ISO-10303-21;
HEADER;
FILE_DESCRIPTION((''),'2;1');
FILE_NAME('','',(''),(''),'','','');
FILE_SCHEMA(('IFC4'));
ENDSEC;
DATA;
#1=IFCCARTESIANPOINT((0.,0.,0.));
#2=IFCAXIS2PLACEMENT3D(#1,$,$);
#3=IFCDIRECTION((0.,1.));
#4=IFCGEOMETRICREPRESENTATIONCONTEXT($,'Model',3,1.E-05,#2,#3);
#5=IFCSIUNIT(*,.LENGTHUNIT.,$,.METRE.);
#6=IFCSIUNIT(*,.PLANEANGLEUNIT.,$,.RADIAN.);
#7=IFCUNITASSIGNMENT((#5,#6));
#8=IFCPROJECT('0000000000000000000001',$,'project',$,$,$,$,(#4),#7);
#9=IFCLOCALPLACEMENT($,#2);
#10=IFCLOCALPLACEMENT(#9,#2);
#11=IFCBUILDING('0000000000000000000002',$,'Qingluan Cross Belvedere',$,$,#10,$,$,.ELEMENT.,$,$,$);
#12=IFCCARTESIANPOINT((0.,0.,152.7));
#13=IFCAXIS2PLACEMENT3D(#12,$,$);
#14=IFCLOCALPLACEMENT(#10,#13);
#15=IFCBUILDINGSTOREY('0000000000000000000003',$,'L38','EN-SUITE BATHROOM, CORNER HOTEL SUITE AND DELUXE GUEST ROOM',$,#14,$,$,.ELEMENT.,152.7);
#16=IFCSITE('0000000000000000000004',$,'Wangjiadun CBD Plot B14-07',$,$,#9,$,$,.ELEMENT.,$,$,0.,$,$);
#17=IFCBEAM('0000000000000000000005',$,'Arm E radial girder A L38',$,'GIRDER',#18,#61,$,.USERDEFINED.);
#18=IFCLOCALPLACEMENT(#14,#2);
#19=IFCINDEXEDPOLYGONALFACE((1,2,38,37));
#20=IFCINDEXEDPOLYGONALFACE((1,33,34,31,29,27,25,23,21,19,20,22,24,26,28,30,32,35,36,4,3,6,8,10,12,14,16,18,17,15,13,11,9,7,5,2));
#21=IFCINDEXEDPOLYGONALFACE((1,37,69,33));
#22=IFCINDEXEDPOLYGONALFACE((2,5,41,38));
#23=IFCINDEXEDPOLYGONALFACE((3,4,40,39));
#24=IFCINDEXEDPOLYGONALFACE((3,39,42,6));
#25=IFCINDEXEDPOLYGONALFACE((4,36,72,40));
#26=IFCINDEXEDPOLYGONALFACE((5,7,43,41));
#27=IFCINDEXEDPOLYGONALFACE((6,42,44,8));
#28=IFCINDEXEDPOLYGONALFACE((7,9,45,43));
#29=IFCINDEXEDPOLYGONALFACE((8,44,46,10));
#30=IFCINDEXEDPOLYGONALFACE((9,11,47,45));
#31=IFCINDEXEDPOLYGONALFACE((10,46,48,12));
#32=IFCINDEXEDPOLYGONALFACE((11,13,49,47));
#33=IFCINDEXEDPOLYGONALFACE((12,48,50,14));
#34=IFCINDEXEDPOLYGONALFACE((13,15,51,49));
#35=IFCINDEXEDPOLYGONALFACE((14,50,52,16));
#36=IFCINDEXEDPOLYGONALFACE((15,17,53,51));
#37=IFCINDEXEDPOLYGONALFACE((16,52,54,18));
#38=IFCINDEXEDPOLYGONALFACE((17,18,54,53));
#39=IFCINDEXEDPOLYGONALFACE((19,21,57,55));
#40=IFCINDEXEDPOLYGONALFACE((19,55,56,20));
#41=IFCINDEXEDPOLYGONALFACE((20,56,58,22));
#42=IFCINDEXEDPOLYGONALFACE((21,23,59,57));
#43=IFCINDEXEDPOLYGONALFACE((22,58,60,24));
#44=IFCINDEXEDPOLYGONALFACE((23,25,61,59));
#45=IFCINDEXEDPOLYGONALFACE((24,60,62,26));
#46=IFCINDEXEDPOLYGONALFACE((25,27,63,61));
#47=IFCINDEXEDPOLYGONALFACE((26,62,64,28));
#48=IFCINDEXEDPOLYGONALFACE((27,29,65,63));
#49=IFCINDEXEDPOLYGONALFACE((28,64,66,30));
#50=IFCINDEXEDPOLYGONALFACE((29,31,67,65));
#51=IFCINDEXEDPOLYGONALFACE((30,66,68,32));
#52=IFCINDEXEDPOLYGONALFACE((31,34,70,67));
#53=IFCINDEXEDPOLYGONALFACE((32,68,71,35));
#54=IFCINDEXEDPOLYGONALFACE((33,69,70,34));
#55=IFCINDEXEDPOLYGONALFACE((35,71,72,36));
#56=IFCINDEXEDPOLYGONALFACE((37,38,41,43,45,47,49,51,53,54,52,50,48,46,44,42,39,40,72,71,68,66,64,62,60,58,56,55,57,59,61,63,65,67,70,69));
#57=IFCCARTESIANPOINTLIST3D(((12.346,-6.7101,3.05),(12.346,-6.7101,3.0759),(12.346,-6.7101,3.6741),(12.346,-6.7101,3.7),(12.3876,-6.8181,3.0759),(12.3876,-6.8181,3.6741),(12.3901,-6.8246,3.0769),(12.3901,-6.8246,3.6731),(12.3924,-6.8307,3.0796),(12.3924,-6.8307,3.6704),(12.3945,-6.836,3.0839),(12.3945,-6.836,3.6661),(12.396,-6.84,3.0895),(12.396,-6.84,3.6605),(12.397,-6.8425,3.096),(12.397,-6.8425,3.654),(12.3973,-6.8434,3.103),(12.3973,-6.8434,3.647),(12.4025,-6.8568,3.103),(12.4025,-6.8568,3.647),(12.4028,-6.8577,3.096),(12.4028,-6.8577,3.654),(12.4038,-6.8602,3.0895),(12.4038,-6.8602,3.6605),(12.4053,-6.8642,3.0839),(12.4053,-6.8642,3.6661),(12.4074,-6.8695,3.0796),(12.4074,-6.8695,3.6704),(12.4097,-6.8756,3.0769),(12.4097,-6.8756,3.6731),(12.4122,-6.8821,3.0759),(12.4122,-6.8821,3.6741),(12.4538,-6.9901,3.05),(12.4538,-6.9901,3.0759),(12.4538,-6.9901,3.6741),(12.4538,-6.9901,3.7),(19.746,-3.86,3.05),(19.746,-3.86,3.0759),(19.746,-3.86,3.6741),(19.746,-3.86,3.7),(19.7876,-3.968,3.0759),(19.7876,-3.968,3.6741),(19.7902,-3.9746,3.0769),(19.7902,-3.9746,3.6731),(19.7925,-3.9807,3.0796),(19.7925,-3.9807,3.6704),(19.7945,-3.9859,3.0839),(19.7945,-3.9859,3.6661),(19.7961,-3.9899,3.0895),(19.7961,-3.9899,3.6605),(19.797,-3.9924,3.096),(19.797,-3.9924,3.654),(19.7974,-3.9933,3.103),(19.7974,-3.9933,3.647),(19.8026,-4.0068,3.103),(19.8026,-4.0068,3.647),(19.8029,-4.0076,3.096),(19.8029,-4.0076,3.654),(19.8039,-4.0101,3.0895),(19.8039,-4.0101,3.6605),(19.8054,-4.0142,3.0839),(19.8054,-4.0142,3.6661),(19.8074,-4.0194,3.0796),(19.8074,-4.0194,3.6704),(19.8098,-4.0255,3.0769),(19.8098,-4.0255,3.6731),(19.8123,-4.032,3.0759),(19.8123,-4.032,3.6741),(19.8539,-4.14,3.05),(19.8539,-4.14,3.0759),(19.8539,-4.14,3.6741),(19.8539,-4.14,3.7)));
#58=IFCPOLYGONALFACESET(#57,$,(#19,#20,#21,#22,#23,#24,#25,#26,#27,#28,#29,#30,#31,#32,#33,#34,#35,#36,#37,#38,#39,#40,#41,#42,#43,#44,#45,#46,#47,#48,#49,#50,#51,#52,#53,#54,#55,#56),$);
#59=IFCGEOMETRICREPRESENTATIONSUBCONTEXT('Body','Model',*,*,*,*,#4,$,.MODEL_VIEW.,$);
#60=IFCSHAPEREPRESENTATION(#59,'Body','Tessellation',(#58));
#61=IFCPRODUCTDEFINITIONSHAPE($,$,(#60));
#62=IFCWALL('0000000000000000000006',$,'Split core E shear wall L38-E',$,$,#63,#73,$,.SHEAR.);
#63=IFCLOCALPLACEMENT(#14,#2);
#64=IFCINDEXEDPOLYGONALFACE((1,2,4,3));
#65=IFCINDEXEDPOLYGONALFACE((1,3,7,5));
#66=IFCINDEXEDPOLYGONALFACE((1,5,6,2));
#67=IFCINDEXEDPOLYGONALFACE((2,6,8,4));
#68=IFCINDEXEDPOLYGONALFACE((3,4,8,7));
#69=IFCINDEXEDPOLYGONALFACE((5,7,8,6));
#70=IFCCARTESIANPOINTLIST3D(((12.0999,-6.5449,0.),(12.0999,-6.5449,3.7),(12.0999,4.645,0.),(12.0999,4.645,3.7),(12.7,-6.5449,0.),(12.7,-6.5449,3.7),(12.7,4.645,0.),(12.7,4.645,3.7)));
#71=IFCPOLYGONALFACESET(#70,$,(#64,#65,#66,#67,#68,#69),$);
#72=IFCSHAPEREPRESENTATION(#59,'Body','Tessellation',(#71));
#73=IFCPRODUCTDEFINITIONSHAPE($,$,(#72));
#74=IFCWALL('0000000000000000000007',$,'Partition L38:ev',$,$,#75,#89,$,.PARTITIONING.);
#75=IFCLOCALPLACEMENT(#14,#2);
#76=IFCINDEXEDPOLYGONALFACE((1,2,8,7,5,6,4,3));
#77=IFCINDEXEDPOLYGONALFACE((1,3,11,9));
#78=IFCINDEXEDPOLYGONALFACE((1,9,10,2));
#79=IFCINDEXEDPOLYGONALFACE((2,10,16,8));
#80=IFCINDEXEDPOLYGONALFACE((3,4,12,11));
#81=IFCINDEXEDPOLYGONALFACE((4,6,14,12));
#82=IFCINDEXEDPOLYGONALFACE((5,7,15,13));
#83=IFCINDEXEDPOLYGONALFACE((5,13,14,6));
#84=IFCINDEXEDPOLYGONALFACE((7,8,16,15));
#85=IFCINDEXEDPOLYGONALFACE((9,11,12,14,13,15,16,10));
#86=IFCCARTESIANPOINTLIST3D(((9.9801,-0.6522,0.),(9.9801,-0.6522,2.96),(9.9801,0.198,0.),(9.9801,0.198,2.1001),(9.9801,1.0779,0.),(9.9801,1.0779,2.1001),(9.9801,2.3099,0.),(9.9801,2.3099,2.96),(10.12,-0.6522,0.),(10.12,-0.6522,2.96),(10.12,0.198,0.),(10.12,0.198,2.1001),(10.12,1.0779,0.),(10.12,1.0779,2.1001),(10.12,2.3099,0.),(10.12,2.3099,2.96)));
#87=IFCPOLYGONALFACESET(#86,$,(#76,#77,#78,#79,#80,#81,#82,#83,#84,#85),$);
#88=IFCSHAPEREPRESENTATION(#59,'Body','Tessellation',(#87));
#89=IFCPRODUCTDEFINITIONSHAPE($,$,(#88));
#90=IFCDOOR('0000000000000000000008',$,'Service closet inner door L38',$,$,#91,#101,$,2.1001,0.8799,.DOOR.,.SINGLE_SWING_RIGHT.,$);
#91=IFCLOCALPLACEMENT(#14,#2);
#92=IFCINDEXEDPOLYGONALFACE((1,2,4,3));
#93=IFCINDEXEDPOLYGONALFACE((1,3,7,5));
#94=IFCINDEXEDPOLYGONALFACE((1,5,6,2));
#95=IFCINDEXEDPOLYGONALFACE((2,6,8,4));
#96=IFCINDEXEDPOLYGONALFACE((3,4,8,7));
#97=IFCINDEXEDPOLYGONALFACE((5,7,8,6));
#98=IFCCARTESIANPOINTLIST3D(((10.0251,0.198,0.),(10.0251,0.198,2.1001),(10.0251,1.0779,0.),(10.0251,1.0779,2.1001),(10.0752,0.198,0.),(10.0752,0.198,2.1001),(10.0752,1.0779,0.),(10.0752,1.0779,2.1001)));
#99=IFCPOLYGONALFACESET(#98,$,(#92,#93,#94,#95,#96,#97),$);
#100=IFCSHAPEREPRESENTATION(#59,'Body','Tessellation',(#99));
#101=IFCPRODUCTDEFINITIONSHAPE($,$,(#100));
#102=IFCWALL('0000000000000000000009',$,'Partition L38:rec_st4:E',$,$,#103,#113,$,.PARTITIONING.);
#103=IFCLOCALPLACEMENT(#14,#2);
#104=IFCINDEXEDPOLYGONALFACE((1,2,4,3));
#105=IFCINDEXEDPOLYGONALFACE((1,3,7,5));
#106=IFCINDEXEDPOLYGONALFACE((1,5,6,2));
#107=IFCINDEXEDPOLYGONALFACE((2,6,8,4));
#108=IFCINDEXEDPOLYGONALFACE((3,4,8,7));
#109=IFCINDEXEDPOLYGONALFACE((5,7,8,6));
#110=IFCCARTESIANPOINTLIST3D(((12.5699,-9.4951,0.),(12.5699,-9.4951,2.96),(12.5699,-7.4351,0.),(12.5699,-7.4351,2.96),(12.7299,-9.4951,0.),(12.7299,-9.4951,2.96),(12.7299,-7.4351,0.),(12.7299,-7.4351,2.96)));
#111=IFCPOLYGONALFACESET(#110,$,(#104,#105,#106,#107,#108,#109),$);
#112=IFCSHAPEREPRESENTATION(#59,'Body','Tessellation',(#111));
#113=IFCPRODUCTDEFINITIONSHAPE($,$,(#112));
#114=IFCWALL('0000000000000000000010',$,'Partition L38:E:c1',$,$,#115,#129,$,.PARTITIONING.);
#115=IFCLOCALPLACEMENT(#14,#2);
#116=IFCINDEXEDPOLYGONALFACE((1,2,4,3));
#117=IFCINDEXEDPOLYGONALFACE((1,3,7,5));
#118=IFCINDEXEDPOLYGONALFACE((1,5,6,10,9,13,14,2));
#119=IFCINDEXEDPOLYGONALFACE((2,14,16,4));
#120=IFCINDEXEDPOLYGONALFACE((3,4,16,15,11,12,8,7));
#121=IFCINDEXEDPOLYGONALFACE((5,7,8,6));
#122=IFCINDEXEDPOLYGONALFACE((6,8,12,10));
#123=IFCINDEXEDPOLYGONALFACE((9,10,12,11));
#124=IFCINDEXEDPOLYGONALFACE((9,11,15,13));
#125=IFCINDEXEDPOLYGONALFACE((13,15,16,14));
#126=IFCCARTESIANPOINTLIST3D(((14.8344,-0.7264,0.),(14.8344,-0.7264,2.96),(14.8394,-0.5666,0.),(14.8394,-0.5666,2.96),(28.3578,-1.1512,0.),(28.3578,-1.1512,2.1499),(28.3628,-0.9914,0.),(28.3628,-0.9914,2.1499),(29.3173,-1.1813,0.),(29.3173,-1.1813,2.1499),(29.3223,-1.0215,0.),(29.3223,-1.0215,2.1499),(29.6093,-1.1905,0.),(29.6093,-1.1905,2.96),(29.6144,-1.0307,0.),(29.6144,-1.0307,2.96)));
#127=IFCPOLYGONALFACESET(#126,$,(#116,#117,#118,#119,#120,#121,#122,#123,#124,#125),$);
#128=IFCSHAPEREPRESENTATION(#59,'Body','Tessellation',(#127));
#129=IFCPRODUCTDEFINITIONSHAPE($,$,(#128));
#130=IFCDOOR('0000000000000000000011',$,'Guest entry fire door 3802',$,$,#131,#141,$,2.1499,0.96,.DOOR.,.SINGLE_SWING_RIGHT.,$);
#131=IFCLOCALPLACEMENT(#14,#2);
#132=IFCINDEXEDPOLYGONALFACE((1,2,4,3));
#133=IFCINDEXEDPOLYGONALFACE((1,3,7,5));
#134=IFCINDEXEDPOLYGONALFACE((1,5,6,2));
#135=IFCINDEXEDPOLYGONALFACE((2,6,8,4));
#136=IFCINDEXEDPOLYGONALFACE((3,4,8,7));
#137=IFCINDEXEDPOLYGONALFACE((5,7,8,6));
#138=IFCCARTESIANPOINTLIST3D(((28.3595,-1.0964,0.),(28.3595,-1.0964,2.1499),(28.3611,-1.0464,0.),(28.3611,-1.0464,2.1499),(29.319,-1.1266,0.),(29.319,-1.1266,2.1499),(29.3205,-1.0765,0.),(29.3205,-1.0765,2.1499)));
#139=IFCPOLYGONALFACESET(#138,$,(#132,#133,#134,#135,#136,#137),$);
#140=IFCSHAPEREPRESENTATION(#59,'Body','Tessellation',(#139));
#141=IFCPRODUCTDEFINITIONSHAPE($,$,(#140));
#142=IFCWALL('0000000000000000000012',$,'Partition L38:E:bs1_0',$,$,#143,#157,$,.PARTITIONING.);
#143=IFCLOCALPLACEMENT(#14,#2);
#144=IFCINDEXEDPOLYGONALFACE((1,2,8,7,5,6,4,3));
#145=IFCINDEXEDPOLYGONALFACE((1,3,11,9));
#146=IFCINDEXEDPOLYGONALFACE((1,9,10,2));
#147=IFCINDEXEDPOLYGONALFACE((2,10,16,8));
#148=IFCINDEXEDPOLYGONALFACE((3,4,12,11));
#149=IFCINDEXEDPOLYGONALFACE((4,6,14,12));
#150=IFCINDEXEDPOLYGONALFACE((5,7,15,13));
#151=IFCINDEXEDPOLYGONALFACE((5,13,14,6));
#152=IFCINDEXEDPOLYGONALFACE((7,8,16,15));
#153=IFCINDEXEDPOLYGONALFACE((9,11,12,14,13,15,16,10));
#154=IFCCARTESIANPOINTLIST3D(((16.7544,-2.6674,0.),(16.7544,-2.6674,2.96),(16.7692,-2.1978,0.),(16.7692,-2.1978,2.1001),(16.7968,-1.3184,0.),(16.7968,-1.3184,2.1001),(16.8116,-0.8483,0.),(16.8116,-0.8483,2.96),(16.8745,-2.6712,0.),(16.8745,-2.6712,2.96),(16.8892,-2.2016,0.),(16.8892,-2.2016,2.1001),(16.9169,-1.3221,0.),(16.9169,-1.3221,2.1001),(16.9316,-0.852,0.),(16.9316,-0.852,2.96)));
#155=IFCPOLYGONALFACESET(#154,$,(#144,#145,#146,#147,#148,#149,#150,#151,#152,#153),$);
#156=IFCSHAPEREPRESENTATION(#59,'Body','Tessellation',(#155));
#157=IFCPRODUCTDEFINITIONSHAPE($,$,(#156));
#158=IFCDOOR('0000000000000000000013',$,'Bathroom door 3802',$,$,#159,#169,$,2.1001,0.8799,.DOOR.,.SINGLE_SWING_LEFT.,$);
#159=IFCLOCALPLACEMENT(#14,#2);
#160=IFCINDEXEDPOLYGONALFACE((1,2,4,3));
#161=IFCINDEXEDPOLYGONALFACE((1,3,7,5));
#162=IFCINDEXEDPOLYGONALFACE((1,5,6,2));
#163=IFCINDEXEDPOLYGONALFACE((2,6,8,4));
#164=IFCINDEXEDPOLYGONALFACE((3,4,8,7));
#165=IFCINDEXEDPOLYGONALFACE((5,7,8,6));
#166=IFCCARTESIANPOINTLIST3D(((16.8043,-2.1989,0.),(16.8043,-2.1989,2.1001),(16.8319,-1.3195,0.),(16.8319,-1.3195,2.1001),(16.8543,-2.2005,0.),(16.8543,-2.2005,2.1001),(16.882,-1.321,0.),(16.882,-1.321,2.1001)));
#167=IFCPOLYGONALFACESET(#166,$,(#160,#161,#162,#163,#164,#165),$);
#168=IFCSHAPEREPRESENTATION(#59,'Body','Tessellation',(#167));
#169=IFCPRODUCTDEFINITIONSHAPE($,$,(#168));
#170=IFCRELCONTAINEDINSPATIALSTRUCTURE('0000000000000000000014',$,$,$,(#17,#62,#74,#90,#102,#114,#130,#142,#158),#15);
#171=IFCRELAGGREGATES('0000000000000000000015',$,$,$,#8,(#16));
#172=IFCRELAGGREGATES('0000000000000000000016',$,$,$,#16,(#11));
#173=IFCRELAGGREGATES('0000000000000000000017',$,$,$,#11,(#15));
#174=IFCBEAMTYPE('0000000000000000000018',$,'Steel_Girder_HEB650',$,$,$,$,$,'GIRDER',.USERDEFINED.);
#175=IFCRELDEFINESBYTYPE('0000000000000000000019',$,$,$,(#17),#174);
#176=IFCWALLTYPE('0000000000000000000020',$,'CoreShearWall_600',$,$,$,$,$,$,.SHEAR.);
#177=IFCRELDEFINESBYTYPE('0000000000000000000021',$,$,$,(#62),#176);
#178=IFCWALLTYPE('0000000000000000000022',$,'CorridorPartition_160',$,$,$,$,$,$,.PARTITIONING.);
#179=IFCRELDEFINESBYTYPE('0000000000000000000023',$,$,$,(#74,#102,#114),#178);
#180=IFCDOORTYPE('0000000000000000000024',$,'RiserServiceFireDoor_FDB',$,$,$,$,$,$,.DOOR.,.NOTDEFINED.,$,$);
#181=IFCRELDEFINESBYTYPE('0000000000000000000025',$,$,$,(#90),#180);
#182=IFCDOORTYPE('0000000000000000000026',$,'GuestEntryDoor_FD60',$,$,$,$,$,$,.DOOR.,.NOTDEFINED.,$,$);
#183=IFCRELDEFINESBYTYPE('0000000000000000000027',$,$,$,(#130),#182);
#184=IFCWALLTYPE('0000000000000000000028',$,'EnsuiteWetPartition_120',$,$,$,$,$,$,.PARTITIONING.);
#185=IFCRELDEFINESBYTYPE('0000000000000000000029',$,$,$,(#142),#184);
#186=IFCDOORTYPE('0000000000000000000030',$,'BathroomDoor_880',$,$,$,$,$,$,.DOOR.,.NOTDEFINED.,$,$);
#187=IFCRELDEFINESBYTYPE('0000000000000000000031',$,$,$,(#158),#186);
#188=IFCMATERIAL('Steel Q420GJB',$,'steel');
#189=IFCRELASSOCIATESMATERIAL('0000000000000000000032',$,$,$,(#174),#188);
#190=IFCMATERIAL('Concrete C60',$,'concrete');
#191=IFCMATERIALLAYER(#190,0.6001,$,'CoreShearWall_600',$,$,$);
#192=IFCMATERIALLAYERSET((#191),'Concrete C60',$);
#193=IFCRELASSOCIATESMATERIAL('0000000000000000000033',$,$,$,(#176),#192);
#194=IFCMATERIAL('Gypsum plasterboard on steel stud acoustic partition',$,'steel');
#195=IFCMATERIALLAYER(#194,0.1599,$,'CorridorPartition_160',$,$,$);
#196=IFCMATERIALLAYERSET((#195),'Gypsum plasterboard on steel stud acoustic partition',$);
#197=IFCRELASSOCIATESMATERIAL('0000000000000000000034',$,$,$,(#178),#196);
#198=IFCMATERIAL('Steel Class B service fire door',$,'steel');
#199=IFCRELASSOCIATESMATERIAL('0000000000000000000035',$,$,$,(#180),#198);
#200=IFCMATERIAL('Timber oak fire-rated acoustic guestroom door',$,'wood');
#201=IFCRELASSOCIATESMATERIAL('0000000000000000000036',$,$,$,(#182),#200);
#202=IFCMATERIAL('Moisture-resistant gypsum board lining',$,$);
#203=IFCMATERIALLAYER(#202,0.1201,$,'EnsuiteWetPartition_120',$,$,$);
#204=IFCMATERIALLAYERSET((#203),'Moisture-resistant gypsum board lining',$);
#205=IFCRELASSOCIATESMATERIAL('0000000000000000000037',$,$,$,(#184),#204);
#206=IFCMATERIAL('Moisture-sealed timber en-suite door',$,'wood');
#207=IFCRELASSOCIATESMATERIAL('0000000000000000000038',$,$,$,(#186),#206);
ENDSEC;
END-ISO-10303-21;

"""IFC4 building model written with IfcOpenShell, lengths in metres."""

from ifc_helpers import new_model, si_unit, direction, frame, frame_2d, origin, origin_2d, place, context, subcontext, project, spatial, rectangle, i_section, extrude, material, layer, layer_set, material_profile, profile_set, type_object, element, fill, save


model = new_model("IFC4")

# Units and contexts
model_context = context("Model", 3, precision=1e-05, world=origin(), true_north=direction((0.0, 1.0)))
body_context = subcontext(model_context, "Body", "Model", "MODEL_VIEW")
ifc_project = project(units=[si_unit("LENGTHUNIT", "METRE"), si_unit("PLANEANGLEUNIT", "RADIAN")], contexts=[model_context])

# Site, building, storey
site_placement = place(None, origin())
site = spatial("IfcSite", under=ifc_project, at=site_placement, Name="Wangjiadun CBD Plot B14-07", CompositionType="ELEMENT", RefElevation=0.0)
building_placement = place(site_placement, origin())
building = spatial("IfcBuilding", under=site, at=building_placement, Name="Qingluan Cross Belvedere", CompositionType="ELEMENT")
storey_placement = place(building_placement, frame((0.0, 0.0, 152.7)))
storey = spatial("IfcBuildingStorey", under=building, at=storey_placement, Name="L38", Description="EN-SUITE BATHROOM, CORNER HOTEL SUITE AND DELUXE GUEST ROOM", CompositionType="ELEMENT", Elevation=152.7)

# Beam
ifc_material_1 = material(Name="Steel Q420GJB", Category="steel")
ifc_material_profile_1 = material_profile(ifc_material_1, i_section(OverallWidth=0.3, OverallDepth=0.6499, WebThickness=0.0144, FlangeThickness=0.0259, FilletRadius=0.0271, at=origin_2d()), Name="HEB650")
ifc_profile_set_1 = profile_set([ifc_material_profile_1], Name="Steel Q420GJB")
beam_type_1 = type_object("IfcBeamType", Name="Steel_Girder_HEB650", ElementType="GIRDER", PredefinedType="USERDEFINED", material=ifc_profile_set_1)
beam_1_placement = place(storey_placement, frame((12.3999, -6.8501, 3.375), z_axis=(0.933181, 0.359406, 0.0), x_axis=(-0.359406, 0.933181, 0.0)))
element("IfcBeam", 1, at=beam_1_placement, inside=storey, type_object=beam_type_1, Name="Arm E radial girder A L38", ObjectType="GIRDER", PredefinedType="USERDEFINED", context=body_context, shape_type="SweptSolid", body=[
    extrude(i_section(OverallWidth=0.3, OverallDepth=0.6499, WebThickness=0.0144, FlangeThickness=0.0259, FilletRadius=0.0271, at=origin_2d()), origin(), (0.0, 0.0, 1.0), 7.9299),
])

# Wall
ifc_material_2 = material(Name="Concrete C60", Category="concrete")
ifc_layer_1 = layer(ifc_material_2, 0.6001, Name="CoreShearWall_600")
ifc_layer_set_1 = layer_set([ifc_layer_1], Name="Concrete C60")
wall_type_1 = type_object("IfcWallType", Name="CoreShearWall_600", PredefinedType="SHEAR", material=ifc_layer_set_1)
wall_1_placement = place(storey_placement, frame((12.3999, -6.5449, 0.0), z_axis=(0.0, 0.0, 1.0), x_axis=(0.0, 1.0, 0.0)))
element("IfcWall", 2, at=wall_1_placement, inside=storey, type_object=wall_type_1, Name="Split core E shear wall L38-E", PredefinedType="SHEAR", context=body_context, shape_type="SweptSolid", body=[
    extrude(rectangle(XDim=11.1899, YDim=0.6001, at=frame_2d((5.595, 0.0))), origin(), (0.0, 0.0, 1.0), 3.7),
])

# Wall, opening, door
ifc_material_3 = material(Name="Gypsum plasterboard on steel stud acoustic partition", Category="steel")
ifc_layer_2 = layer(ifc_material_3, 0.1599, Name="CorridorPartition_160")
ifc_layer_set_2 = layer_set([ifc_layer_2], Name="Gypsum plasterboard on steel stud acoustic partition")
wall_type_2 = type_object("IfcWallType", Name="CorridorPartition_160", PredefinedType="PARTITIONING", material=ifc_layer_set_2)
wall_2_placement = place(storey_placement, frame((10.05, -0.6521, 0.0), z_axis=(0.0, 0.0, 1.0), x_axis=(0.0, 1.0, 0.0)))
wall_2 = element("IfcWall", 3, at=wall_2_placement, inside=storey, type_object=wall_type_2, Name="Partition L38:ev", PredefinedType="PARTITIONING", context=body_context, shape_type="SweptSolid", body=[
    extrude(rectangle(XDim=2.9622, YDim=0.1399, at=frame_2d((1.481, 0.0))), origin(), (0.0, 0.0, 1.0), 2.96),
])
opening_1_placement = place(wall_2_placement, frame((0.8501, 0.0, 0.0)))
opening_1 = element("IfcOpeningElement", 4, at=opening_1_placement, cuts=wall_2, PredefinedType="OPENING", context=body_context, shape_type="SweptSolid", body=[
    extrude(rectangle(XDim=0.8799, YDim=2.1001, at=frame_2d((0.4399, 1.05))), frame((0.0, 0.0798, 0.0), z_axis=(0.0, -1.0, 0.0), x_axis=(1.0, 0.0, 0.0)), (0.0, 0.0, 1.0), 0.1599),
])
ifc_material_4 = material(Name="Steel Class B service fire door", Category="steel")
door_type_1 = type_object("IfcDoorType", Name="RiserServiceFireDoor_FDB", OperationType="NOTDEFINED", PredefinedType="DOOR", material=ifc_material_4)
door_1_placement = place(opening_1_placement, origin())
door_1 = element("IfcDoor", 5, at=door_1_placement, inside=storey, type_object=door_type_1, Name="Service closet inner door L38", OperationType="SINGLE_SWING_RIGHT", OverallHeight=2.1001, OverallWidth=0.8799, PredefinedType="DOOR", context=body_context, shape_type="SweptSolid", body=[
    extrude(rectangle(XDim=0.8799, YDim=2.1001, at=frame_2d((0.4399, 1.05))), frame((0.0, 0.0249, 0.0), z_axis=(0.0, -1.0, 0.0), x_axis=(1.0, 0.0, 0.0)), (0.0, 0.0, 1.0), 0.05),
])
fill(opening_1, door_1)

# Wall
wall_3_placement = place(storey_placement, frame((12.6499, -9.4951, 0.0), z_axis=(0.0, 0.0, 1.0), x_axis=(0.0, 1.0, 0.0)))
element("IfcWall", 6, at=wall_3_placement, inside=storey, type_object=wall_type_2, Name="Partition L38:rec_st4:E", PredefinedType="PARTITIONING", context=body_context, shape_type="SweptSolid", body=[
    extrude(rectangle(XDim=2.0601, YDim=0.1599, at=frame_2d((1.03, 0.0))), origin(), (0.0, 0.0, 1.0), 2.96),
])

# Walls, openings, doors
wall_4_placement = place(storey_placement, frame((14.8369, -0.6465, 0.0), z_axis=(0.0, 0.0, 1.0), x_axis=(0.999507, -0.031397, 0.0)))
wall_4 = element("IfcWall", 7, at=wall_4_placement, inside=storey, type_object=wall_type_2, Name="Partition L38:E:c1", PredefinedType="PARTITIONING", context=body_context, shape_type="SweptSolid", body=[
    extrude(rectangle(XDim=14.7822, YDim=0.1599, at=frame_2d((7.3911, 0.0))), origin(), (0.0, 0.0, 1.0), 2.96),
])
opening_2_placement = place(wall_4_placement, frame((13.53, 0.0, 0.0)))
opening_2 = element("IfcOpeningElement", 8, at=opening_2_placement, cuts=wall_4, PredefinedType="OPENING", context=body_context, shape_type="SweptSolid", body=[
    extrude(rectangle(XDim=0.96, YDim=2.1499, at=frame_2d((0.48, 1.075))), frame((0.0, 0.0898, 0.0), z_axis=(0.0, -1.0, 0.0), x_axis=(1.0, 0.0, 0.0)), (0.0, 0.0, 1.0), 0.1799),
])
ifc_material_5 = material(Name="Timber oak fire-rated acoustic guestroom door", Category="wood")
door_type_2 = type_object("IfcDoorType", Name="GuestEntryDoor_FD60", OperationType="NOTDEFINED", PredefinedType="DOOR", material=ifc_material_5)
door_2_placement = place(opening_2_placement, origin())
door_2 = element("IfcDoor", 9, at=door_2_placement, inside=storey, type_object=door_type_2, Name="Guest entry fire door 3802", OperationType="SINGLE_SWING_RIGHT", OverallHeight=2.1499, OverallWidth=0.96, PredefinedType="DOOR", context=body_context, shape_type="SweptSolid", body=[
    extrude(rectangle(XDim=0.96, YDim=2.1499, at=frame_2d((0.48, 1.075))), frame((0.0, 0.0249, 0.0), z_axis=(0.0, -1.0, 0.0), x_axis=(1.0, 0.0, 0.0)), (0.0, 0.0, 1.0), 0.05),
])
fill(opening_2, door_2)
ifc_material_6 = material(Name="Moisture-resistant gypsum board lining")
ifc_layer_3 = layer(ifc_material_6, 0.1201, Name="EnsuiteWetPartition_120")
ifc_layer_set_3 = layer_set([ifc_layer_3], Name="Moisture-resistant gypsum board lining")
wall_type_3 = type_object("IfcWallType", Name="EnsuiteWetPartition_120", PredefinedType="PARTITIONING", material=ifc_layer_set_3)
wall_5_placement = place(storey_placement, frame((16.8145, -2.6694, 0.0), z_axis=(0.0, 0.0, 1.0), x_axis=(0.03139, 0.999507, 0.0)))
wall_5 = element("IfcWall", 10, at=wall_5_placement, inside=storey, type_object=wall_type_3, Name="Partition L38:E:bs1_0", PredefinedType="PARTITIONING", context=body_context, shape_type="SweptSolid", body=[
    extrude(rectangle(XDim=1.8201, YDim=0.1201, at=frame_2d((0.9102, 0.0))), origin(), (0.0, 0.0, 1.0), 2.96),
])
opening_3_placement = place(wall_5_placement, frame((0.47, 0.0, 0.0)))
opening_3 = element("IfcOpeningElement", 11, at=opening_3_placement, cuts=wall_5, PredefinedType="OPENING", context=body_context, shape_type="SweptSolid", body=[
    extrude(rectangle(XDim=0.8799, YDim=2.1001, at=frame_2d((0.4399, 1.05))), frame((0.0, 0.0701, 0.0), z_axis=(0.0, -1.0, 0.0), x_axis=(1.0, 0.0, 0.0)), (0.0, 0.0, 1.0), 0.1401),
])
ifc_material_7 = material(Name="Moisture-sealed timber en-suite door", Category="wood")
door_type_3 = type_object("IfcDoorType", Name="BathroomDoor_880", OperationType="NOTDEFINED", PredefinedType="DOOR", material=ifc_material_7)
door_3_placement = place(opening_3_placement, origin())
door_3 = element("IfcDoor", 12, at=door_3_placement, inside=storey, type_object=door_type_3, Name="Bathroom door 3802", OperationType="SINGLE_SWING_LEFT", OverallHeight=2.1001, OverallWidth=0.8799, PredefinedType="DOOR", context=body_context, shape_type="SweptSolid", body=[
    extrude(rectangle(XDim=0.8799, YDim=2.1001, at=frame_2d((0.4399, 1.05))), frame((0.0, 0.0249, 0.0), z_axis=(0.0, -1.0, 0.0), x_axis=(1.0, 0.0, 0.0)), (0.0, 0.0, 1.0), 0.05),
])
fill(opening_3, door_3)

save(model, "model.ifc")
